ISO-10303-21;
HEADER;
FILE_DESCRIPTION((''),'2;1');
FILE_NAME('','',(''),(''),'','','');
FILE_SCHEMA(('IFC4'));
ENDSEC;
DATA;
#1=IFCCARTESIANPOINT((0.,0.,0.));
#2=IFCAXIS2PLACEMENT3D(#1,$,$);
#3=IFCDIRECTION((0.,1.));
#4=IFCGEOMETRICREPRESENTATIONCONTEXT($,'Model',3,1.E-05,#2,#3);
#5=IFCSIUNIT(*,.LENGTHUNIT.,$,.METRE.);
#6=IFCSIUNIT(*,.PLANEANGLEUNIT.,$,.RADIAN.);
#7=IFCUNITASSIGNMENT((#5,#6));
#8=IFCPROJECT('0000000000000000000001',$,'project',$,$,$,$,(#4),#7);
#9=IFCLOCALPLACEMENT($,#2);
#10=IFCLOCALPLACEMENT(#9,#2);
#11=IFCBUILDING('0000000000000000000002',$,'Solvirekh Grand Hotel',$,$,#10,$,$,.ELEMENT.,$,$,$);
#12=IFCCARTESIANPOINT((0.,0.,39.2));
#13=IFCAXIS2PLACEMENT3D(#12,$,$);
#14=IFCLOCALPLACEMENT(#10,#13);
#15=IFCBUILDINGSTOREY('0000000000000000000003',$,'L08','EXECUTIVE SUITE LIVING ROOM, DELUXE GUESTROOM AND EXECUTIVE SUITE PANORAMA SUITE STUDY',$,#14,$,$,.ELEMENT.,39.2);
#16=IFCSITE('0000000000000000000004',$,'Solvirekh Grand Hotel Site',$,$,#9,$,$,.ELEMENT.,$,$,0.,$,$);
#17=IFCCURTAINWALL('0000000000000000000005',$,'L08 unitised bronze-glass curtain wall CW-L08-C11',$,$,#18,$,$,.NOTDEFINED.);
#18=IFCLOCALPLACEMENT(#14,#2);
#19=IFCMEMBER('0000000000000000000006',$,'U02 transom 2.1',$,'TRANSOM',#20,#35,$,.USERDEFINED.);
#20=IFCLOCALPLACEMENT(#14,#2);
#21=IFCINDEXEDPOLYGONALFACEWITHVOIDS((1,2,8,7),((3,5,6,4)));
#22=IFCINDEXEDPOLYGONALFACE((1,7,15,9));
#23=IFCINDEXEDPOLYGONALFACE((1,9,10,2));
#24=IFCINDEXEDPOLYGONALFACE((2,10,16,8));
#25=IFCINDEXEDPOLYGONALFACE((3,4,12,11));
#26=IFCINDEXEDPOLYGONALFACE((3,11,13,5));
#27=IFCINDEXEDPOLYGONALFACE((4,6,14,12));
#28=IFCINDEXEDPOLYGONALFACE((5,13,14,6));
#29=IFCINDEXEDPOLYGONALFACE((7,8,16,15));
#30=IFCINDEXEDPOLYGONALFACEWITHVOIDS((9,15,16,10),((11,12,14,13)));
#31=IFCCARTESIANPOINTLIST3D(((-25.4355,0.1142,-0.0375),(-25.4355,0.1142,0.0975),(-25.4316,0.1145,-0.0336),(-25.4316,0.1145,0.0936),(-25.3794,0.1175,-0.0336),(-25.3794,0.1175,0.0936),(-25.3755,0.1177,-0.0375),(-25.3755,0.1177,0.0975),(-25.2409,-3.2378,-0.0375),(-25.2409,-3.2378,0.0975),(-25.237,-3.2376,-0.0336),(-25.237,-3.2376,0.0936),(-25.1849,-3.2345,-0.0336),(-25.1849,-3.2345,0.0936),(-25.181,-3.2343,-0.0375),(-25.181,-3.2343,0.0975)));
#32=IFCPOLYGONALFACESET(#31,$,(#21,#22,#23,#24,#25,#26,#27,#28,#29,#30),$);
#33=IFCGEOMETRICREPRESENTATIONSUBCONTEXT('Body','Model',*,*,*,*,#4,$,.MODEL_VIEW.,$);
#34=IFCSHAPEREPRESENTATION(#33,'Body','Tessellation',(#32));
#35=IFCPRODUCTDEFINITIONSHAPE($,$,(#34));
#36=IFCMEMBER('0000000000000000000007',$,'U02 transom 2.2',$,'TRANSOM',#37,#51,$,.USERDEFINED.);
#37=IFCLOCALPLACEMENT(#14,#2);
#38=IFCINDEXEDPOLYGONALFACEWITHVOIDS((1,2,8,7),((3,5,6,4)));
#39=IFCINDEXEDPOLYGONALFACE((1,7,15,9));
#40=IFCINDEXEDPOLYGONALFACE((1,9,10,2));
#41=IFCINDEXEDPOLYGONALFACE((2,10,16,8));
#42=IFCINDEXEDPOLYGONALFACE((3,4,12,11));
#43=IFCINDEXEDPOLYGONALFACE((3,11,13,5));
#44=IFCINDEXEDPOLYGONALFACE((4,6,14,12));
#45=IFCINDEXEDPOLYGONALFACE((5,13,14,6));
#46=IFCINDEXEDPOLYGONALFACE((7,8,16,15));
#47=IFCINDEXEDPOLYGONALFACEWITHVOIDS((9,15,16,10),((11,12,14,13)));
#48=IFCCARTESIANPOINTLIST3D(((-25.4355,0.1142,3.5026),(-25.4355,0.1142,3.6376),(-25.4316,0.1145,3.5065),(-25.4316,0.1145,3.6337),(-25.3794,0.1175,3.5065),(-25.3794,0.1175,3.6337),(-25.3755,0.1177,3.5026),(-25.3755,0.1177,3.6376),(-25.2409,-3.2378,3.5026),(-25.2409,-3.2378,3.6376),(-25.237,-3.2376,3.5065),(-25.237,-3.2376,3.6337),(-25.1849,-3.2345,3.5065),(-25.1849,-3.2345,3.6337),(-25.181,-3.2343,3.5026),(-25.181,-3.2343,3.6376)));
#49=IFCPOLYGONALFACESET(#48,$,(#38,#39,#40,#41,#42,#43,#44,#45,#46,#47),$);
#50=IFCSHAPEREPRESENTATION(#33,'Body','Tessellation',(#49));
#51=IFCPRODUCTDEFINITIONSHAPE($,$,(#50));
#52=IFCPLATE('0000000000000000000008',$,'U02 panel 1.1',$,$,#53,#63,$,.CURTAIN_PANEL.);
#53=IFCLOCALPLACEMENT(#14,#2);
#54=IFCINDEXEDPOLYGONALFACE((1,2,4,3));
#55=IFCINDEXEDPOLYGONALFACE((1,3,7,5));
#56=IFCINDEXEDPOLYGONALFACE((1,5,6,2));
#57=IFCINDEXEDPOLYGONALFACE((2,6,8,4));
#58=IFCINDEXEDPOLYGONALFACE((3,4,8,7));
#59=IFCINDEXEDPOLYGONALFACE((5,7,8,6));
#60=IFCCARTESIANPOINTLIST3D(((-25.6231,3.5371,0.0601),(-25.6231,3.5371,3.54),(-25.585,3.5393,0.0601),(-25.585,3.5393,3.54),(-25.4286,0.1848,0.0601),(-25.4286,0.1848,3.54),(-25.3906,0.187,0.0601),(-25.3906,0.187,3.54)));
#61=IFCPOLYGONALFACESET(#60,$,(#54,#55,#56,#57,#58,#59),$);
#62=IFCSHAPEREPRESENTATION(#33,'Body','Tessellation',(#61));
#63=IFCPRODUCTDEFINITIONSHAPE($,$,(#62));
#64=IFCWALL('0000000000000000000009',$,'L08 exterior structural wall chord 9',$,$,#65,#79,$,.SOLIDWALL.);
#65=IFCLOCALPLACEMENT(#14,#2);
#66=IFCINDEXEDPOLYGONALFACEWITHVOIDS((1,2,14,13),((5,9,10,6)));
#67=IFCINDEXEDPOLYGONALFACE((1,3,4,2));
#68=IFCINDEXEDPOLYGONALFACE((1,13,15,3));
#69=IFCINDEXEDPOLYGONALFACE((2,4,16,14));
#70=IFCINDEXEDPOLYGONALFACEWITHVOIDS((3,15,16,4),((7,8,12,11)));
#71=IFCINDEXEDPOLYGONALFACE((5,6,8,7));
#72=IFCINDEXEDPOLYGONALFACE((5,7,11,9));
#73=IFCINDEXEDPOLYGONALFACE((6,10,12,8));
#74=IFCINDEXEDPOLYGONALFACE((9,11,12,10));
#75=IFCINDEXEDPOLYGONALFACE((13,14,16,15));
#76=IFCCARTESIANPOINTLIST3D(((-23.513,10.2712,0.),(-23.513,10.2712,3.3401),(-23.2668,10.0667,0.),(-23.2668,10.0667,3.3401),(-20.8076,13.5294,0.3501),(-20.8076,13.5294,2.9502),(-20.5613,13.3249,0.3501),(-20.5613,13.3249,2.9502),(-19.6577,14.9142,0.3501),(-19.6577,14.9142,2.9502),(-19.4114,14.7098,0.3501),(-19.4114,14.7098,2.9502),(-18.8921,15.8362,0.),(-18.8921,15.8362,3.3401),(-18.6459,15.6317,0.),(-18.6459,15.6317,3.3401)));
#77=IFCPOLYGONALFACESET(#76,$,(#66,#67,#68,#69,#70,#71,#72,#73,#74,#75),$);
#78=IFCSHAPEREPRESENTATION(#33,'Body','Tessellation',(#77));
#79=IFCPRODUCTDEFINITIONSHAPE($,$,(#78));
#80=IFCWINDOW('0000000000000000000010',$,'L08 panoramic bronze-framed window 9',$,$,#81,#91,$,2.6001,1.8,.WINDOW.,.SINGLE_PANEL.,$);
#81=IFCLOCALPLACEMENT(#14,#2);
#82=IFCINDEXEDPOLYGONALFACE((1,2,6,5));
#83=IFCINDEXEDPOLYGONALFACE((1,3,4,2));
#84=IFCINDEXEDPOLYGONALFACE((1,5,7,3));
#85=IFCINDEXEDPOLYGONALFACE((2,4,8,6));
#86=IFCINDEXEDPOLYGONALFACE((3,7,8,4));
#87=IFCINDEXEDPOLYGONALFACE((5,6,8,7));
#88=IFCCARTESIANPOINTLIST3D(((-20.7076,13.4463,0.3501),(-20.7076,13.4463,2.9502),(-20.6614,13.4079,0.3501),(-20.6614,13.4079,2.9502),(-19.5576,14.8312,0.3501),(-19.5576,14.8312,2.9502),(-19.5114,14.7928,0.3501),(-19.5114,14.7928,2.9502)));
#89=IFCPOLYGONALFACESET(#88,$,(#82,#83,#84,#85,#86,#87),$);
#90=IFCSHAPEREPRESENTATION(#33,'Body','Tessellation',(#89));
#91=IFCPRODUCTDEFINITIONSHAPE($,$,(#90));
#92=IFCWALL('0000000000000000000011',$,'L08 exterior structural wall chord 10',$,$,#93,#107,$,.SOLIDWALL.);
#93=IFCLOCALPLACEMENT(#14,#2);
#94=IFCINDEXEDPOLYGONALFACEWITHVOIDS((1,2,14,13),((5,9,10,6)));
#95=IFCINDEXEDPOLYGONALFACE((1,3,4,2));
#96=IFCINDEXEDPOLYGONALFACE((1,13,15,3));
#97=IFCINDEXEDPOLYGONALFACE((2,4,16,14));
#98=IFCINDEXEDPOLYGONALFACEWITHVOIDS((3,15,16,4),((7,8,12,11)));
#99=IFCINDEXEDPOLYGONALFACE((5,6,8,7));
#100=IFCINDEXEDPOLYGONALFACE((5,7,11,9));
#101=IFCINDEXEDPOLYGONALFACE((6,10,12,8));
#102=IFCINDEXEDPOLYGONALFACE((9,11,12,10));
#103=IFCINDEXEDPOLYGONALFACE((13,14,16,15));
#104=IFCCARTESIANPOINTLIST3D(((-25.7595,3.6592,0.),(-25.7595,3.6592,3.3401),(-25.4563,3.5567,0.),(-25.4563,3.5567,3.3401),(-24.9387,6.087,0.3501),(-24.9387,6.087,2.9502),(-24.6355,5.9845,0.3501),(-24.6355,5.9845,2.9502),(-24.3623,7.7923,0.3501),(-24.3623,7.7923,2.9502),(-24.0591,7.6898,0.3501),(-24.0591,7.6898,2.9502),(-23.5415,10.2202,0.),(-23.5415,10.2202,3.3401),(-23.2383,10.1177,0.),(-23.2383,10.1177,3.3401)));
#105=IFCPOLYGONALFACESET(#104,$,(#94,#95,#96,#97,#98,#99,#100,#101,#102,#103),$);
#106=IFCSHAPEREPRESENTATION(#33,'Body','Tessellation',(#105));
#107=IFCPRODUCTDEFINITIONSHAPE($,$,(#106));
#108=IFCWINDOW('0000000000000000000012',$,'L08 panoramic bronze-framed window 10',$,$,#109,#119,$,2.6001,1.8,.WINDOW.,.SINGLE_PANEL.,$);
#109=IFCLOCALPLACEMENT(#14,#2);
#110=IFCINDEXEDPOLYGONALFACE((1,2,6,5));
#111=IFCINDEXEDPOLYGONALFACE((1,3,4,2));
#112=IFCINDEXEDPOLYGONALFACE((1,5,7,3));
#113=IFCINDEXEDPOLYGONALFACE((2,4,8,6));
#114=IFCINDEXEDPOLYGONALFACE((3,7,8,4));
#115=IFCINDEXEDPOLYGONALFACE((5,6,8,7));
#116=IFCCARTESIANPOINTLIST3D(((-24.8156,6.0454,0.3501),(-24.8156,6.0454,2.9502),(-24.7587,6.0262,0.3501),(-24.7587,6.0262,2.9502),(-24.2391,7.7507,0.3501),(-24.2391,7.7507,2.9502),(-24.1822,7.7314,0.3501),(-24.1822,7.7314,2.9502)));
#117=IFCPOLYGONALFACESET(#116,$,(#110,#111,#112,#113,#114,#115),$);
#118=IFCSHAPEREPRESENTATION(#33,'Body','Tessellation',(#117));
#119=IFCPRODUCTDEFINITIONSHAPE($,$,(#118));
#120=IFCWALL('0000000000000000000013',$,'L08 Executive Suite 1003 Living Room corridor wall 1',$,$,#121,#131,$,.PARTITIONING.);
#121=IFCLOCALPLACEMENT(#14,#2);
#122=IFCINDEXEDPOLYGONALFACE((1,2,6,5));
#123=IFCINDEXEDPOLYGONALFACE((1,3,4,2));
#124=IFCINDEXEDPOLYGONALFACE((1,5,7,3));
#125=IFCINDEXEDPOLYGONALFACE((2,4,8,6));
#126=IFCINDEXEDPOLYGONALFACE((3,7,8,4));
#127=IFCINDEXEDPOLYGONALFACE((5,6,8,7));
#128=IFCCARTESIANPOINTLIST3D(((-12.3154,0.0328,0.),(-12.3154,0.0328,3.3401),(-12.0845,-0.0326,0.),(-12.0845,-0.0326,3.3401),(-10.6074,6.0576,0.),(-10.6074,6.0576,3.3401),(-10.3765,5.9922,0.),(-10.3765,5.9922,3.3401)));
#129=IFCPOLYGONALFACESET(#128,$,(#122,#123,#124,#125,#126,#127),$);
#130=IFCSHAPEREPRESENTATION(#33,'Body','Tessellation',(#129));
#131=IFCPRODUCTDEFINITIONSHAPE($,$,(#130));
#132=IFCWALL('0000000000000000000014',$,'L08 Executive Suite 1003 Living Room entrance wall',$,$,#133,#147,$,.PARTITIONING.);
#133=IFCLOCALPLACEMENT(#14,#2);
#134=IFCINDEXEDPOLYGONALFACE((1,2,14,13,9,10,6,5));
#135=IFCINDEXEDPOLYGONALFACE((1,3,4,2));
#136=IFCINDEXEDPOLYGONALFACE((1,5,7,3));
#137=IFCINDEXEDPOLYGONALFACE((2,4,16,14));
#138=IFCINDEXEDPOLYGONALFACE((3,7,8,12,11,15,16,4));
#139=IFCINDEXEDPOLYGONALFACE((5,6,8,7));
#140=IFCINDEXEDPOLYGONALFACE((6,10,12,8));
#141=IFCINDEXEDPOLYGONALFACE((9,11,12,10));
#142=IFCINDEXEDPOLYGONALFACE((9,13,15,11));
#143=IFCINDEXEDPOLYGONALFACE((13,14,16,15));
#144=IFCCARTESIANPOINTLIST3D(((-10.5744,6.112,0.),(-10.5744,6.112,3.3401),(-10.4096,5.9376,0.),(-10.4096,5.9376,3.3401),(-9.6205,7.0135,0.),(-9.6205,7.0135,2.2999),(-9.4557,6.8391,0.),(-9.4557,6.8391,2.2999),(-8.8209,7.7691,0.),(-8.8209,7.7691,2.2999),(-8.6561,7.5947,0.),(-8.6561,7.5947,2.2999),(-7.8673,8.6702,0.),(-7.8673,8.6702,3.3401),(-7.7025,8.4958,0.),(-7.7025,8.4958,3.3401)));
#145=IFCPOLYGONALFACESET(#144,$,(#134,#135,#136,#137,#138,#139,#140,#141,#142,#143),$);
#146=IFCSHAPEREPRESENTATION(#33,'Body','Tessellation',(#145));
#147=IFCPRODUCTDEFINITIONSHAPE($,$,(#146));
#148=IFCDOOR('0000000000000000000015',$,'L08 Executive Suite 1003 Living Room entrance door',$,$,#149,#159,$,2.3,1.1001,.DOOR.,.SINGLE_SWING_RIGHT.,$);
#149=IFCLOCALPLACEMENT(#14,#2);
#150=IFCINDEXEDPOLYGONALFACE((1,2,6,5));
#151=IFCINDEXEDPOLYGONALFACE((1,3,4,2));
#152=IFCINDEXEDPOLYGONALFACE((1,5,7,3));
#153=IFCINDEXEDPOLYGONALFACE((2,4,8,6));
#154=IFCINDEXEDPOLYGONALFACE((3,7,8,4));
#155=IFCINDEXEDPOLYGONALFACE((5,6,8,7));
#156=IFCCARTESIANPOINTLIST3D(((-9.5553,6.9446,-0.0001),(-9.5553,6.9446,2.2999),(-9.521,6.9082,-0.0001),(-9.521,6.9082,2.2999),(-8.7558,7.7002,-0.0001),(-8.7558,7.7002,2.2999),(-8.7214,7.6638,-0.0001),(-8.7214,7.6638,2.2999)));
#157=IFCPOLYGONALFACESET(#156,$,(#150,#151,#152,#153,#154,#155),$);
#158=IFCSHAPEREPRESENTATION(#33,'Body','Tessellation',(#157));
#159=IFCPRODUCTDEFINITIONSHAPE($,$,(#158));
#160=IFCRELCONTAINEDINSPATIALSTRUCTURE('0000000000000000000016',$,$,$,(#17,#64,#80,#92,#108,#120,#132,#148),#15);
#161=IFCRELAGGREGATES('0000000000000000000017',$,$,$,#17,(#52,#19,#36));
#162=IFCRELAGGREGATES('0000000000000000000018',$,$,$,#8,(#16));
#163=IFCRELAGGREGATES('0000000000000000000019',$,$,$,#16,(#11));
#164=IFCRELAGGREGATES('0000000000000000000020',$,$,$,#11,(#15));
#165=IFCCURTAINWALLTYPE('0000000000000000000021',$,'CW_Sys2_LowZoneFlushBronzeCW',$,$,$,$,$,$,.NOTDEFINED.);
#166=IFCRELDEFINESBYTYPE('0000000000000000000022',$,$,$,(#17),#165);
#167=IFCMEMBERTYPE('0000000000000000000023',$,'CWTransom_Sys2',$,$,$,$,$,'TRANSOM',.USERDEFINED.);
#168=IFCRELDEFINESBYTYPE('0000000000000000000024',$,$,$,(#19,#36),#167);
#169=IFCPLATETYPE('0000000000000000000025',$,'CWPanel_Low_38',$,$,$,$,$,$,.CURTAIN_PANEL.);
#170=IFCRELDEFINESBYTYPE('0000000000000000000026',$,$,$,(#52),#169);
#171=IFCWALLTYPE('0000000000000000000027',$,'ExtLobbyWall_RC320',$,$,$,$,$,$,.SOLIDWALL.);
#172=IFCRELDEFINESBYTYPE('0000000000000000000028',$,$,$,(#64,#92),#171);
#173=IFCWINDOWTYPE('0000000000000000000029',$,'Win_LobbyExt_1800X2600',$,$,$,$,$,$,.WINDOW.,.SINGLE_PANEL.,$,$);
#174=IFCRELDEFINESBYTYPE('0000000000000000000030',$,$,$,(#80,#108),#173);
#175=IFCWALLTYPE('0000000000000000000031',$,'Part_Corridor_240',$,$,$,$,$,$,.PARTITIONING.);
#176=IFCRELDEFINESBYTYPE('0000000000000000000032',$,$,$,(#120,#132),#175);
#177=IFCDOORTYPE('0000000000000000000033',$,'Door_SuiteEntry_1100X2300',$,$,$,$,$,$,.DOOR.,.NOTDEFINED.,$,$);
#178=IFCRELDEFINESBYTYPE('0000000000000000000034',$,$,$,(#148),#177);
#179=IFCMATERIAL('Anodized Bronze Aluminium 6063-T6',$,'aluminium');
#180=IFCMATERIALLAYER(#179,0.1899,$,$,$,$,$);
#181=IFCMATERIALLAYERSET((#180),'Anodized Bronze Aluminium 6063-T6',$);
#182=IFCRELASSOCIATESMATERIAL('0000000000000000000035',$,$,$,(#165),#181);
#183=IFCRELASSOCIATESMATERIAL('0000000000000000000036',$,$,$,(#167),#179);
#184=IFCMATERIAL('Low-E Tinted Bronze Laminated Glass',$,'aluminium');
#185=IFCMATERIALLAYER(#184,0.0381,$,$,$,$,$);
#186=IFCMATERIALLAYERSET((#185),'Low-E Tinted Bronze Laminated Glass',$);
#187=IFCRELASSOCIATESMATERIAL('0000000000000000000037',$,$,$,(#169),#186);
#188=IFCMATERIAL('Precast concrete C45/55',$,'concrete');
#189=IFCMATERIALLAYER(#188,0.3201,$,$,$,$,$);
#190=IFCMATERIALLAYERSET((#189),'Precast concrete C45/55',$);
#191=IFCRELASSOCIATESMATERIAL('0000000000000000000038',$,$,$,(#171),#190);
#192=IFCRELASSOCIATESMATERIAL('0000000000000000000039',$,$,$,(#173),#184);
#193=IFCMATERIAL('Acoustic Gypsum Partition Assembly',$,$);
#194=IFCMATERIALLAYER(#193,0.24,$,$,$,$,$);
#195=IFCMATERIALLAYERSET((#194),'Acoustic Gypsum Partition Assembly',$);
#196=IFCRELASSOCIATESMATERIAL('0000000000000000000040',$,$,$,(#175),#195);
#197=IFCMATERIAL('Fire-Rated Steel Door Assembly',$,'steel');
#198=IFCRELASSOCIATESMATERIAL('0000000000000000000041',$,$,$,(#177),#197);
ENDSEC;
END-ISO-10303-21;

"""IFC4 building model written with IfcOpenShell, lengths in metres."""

from ifc_helpers import new_model, si_unit, direction, frame, frame_2d, origin, origin_2d, place, context, subcontext, project, spatial, rectangle, hollow_rectangle, extrude, source, transform, mapped, material, layer, layer_set, material_profile, profile_set, type_object, element, fill, aggregate, save


model = new_model("IFC4")

# Units and contexts
model_context = context("Model", 3, precision=1e-05, world=origin(), true_north=direction((0.0, 1.0)))
body_context = subcontext(model_context, "Body", "Model", "MODEL_VIEW")
ifc_project = project(units=[si_unit("LENGTHUNIT", "METRE"), si_unit("PLANEANGLEUNIT", "RADIAN")], contexts=[model_context])

# Site, building, storey
site_placement = place(None, origin())
site = spatial("IfcSite", under=ifc_project, at=site_placement, Name="Solvirekh Grand Hotel Site", CompositionType="ELEMENT", RefElevation=0.0)
building_placement = place(site_placement, origin())
building = spatial("IfcBuilding", under=site, at=building_placement, Name="Solvirekh Grand Hotel", CompositionType="ELEMENT")
storey_placement = place(building_placement, frame((0.0, 0.0, 39.2)))
storey = spatial("IfcBuildingStorey", under=building, at=storey_placement, Name="L08", Description="EXECUTIVE SUITE LIVING ROOM, DELUXE GUESTROOM AND EXECUTIVE SUITE PANORAMA SUITE STUDY", CompositionType="ELEMENT", Elevation=39.2)

# Curtain wall, members, plate
ifc_material_1 = material(Name="Anodized Bronze Aluminium 6063-T6", Category="aluminium")
ifc_layer_1 = layer(ifc_material_1, 0.1899)
ifc_layer_set_1 = layer_set([ifc_layer_1], Name="Anodized Bronze Aluminium 6063-T6")
curtain_wall_type = type_object("IfcCurtainWallType", Name="CW_Sys2_LowZoneFlushBronzeCW", PredefinedType="NOTDEFINED", material=ifc_layer_set_1)
curtain_wall_placement = place(storey_placement, origin())
curtain_wall = element("IfcCurtainWall", 1, at=curtain_wall_placement, inside=storey, type_object=curtain_wall_type, Name="L08 unitised bronze-glass curtain wall CW-L08-C11", PredefinedType="NOTDEFINED")
ifc_material_profile_1 = material_profile(ifc_material_1, hollow_rectangle(XDim=0.0601, YDim=0.135, WallThickness=0.0039, at=origin_2d()), Name="ALU RHS 135X60X4")
ifc_profile_set_1 = profile_set([ifc_material_profile_1], Name="Anodized Bronze Aluminium 6063-T6")
member_type_1 = type_object("IfcMemberType", Name="CWTransom_Sys2", ElementType="TRANSOM", PredefinedType="USERDEFINED", material=ifc_profile_set_1)
shared_shape_1 = source(origin(), body_context, "Body", "SweptSolid", [
    extrude(hollow_rectangle(XDim=0.0601, YDim=0.135, WallThickness=0.0039, at=origin_2d()), origin(), (0.0, 0.0, 1.0), 3.3577),
])
member_1_placement = place(storey_placement, frame((-25.4055, 0.116, 0.03), z_axis=(0.057951, -0.998319, 0.0), x_axis=(0.998319, 0.057951, 0.0)))
member_1 = element("IfcMember", 2, at=member_1_placement, type_object=member_type_1, Name="U02 transom 2.1", ObjectType="TRANSOM", PredefinedType="USERDEFINED", context=body_context, shape_type="MappedRepresentation", body=[
    mapped(shared_shape_1, transform((0.0, 0.0, 0.0), x_axis=(1.0, 0.0, 0.0), y_axis=(0.0, 1.0, 0.0), z_axis=(0.0, 0.0, 1.0), scale=1.0)),
])
member_2_placement = place(storey_placement, frame((-25.4055, 0.116, 3.5701), z_axis=(0.057951, -0.998319, 0.0), x_axis=(0.998319, 0.057951, 0.0)))
member_2 = element("IfcMember", 3, at=member_2_placement, type_object=member_type_1, Name="U02 transom 2.2", ObjectType="TRANSOM", PredefinedType="USERDEFINED", context=body_context, shape_type="MappedRepresentation", body=[
    mapped(shared_shape_1, transform((0.0, 0.0, 0.0), x_axis=(1.0, 0.0, 0.0), y_axis=(0.0, 1.0, 0.0), z_axis=(0.0, 0.0, 1.0), scale=1.0)),
])
ifc_material_2 = material(Name="Low-E Tinted Bronze Laminated Glass", Category="aluminium")
ifc_layer_2 = layer(ifc_material_2, 0.0381)
ifc_layer_set_2 = layer_set([ifc_layer_2], Name="Low-E Tinted Bronze Laminated Glass")
plate_type = type_object("IfcPlateType", Name="CWPanel_Low_38", PredefinedType="CURTAIN_PANEL", material=ifc_layer_set_2)
shared_shape_2 = source(origin(), body_context, "Body", "SweptSolid", [
    extrude(rectangle(XDim=3.3579, YDim=0.0381, at=origin_2d()), origin(), (0.0, 0.0, 1.0), 3.48),
])
plate_placement = place(storey_placement, frame((-25.5068, 1.8621, 0.0601), z_axis=(0.0, 0.0, 1.0), x_axis=(0.057901, -0.998322, 0.0)))
plate = element("IfcPlate", 4, at=plate_placement, type_object=plate_type, Name="U02 panel 1.1", PredefinedType="CURTAIN_PANEL", context=body_context, shape_type="MappedRepresentation", body=[
    mapped(shared_shape_2, transform((0.0, 0.0, 0.0), x_axis=(1.0, 0.0, 0.0), y_axis=(0.0, 1.0, 0.0), z_axis=(0.0, 0.0, 1.0), scale=1.0)),
])
aggregate(curtain_wall, [plate, member_1, member_2])

# Walls, openings, windows
ifc_material_3 = material(Name="Precast concrete C45/55", Category="concrete")
ifc_layer_3 = layer(ifc_material_3, 0.3201)
ifc_layer_set_3 = layer_set([ifc_layer_3], Name="Precast concrete C45/55")
wall_type_1 = type_object("IfcWallType", Name="ExtLobbyWall_RC320", PredefinedType="SOLIDWALL", material=ifc_layer_set_3)
wall_1_placement = place(storey_placement, frame((-23.3899, 10.1689, 0.0), z_axis=(0.0, 0.0, 1.0), x_axis=(0.638829, 0.769349, 0.0)))
wall_1 = element("IfcWall", 5, at=wall_1_placement, inside=storey, type_object=wall_type_1, Name="L08 exterior structural wall chord 9", PredefinedType="SOLIDWALL", context=body_context, shape_type="SweptSolid", body=[
    extrude(rectangle(XDim=7.2334, YDim=0.3201, at=frame_2d((3.6167, 0.0))), origin(), (0.0, 0.0, 1.0), 3.3401),
])
opening_1_placement = place(wall_1_placement, frame((4.2351, 0.0, 0.3501)))
opening_1 = element("IfcOpeningElement", 6, at=opening_1_placement, cuts=wall_1, PredefinedType="OPENING", context=body_context, shape_type="SweptSolid", body=[
    extrude(rectangle(XDim=1.8, YDim=2.6001, at=frame_2d((0.8999, 1.3))), frame((0.0, 0.1699, 0.0), z_axis=(0.0, -1.0, 0.0), x_axis=(1.0, 0.0, 0.0)), (0.0, 0.0, 1.0), 0.3401),
])
window_type = type_object("IfcWindowType", Name="Win_LobbyExt_1800X2600", PartitioningType="SINGLE_PANEL", PredefinedType="WINDOW", material=ifc_material_2)
window_1_placement = place(opening_1_placement, origin())
window_1 = element("IfcWindow", 7, at=window_1_placement, inside=storey, type_object=window_type, Name="L08 panoramic bronze-framed window 9", OverallHeight=2.6001, OverallWidth=1.8, PartitioningType="SINGLE_PANEL", PredefinedType="WINDOW", context=body_context, shape_type="SweptSolid", body=[
    extrude(rectangle(XDim=1.8, YDim=2.6001, at=frame_2d((0.8999, 1.3))), frame((0.0, 0.03, 0.0), z_axis=(0.0, -1.0, 0.0), x_axis=(1.0, 0.0, 0.0)), (0.0, 0.0, 1.0), 0.0601),
])
fill(opening_1, window_1)
wall_2_placement = place(storey_placement, frame((-25.6079, 3.6079, 0.0), z_axis=(0.0, 0.0, 1.0), x_axis=(0.320254, 0.947332, 0.0)))
wall_2 = element("IfcWall", 8, at=wall_2_placement, inside=storey, type_object=wall_type_1, Name="L08 exterior structural wall chord 10", PredefinedType="SOLIDWALL", context=body_context, shape_type="SweptSolid", body=[
    extrude(rectangle(XDim=6.9258, YDim=0.3201, at=frame_2d((3.4629, 0.0))), origin(), (0.0, 0.0, 1.0), 3.3401),
])
opening_2_placement = place(wall_2_placement, frame((2.563, 0.0, 0.3501)))
opening_2 = element("IfcOpeningElement", 9, at=opening_2_placement, cuts=wall_2, PredefinedType="OPENING", context=body_context, shape_type="SweptSolid", body=[
    extrude(rectangle(XDim=1.8, YDim=2.6001, at=frame_2d((0.8999, 1.3))), frame((0.0, 0.1699, 0.0), z_axis=(0.0, -1.0, 0.0), x_axis=(1.0, 0.0, 0.0)), (0.0, 0.0, 1.0), 0.3401),
])
window_2_placement = place(opening_2_placement, origin())
window_2 = element("IfcWindow", 10, at=window_2_placement, inside=storey, type_object=window_type, Name="L08 panoramic bronze-framed window 10", OverallHeight=2.6001, OverallWidth=1.8, PartitioningType="SINGLE_PANEL", PredefinedType="WINDOW", context=body_context, shape_type="SweptSolid", body=[
    extrude(rectangle(XDim=1.8, YDim=2.6001, at=frame_2d((0.8999, 1.3))), frame((0.0, 0.03, 0.0), z_axis=(0.0, -1.0, 0.0), x_axis=(1.0, 0.0, 0.0)), (0.0, 0.0, 1.0), 0.0601),
])
fill(opening_2, window_2)

# Wall
ifc_material_4 = material(Name="Acoustic Gypsum Partition Assembly")
ifc_layer_4 = layer(ifc_material_4, 0.24)
ifc_layer_set_4 = layer_set([ifc_layer_4], Name="Acoustic Gypsum Partition Assembly")
wall_type_2 = type_object("IfcWallType", Name="Part_Corridor_240", PredefinedType="PARTITIONING", material=ifc_layer_set_4)
wall_3_placement = place(storey_placement, frame((-10.4919, 6.0249, 0.0), z_axis=(0.0, 0.0, 1.0), x_axis=(-0.272743, -0.962087, 0.0)))
element("IfcWall", 11, at=wall_3_placement, inside=storey, type_object=wall_type_2, Name="L08 Executive Suite 1003 Living Room corridor wall 1", PredefinedType="PARTITIONING", context=body_context, shape_type="SweptSolid", body=[
    extrude(rectangle(XDim=6.2622, YDim=0.24, at=frame_2d((3.1311, 0.0))), origin(), (0.0, 0.0, 1.0), 3.3401),
])

# Wall, opening, door
wall_4_placement = place(storey_placement, frame((-7.7849, 8.583, 0.0), z_axis=(0.0, 0.0, 1.0), x_axis=(-0.726817, -0.686831, 0.0)))
wall_4 = element("IfcWall", 12, at=wall_4_placement, inside=storey, type_object=wall_type_2, Name="L08 Executive Suite 1003 Living Room entrance wall", PredefinedType="PARTITIONING", context=body_context, shape_type="SweptSolid", body=[
    extrude(rectangle(XDim=3.7246, YDim=0.24, at=frame_2d((1.8623, 0.0))), origin(), (0.0, 0.0, 1.0), 3.3401),
])
opening_3_placement = place(wall_4_placement, frame((1.312, 0.0, 0.0)))
opening_3 = element("IfcOpeningElement", 13, at=opening_3_placement, cuts=wall_4, PredefinedType="OPENING", context=body_context, shape_type="SweptSolid", body=[
    extrude(rectangle(XDim=1.1001, YDim=2.3, at=frame_2d((0.55, 1.1499))), frame((0.0, 0.1299, 0.0), z_axis=(0.0, -1.0, 0.0), x_axis=(1.0, 0.0, 0.0)), (0.0, 0.0, 1.0), 0.26),
])
ifc_material_5 = material(Name="Fire-Rated Steel Door Assembly", Category="steel")
door_type_1 = type_object("IfcDoorType", Name="Door_SuiteEntry_1100X2300", OperationType="NOTDEFINED", PredefinedType="DOOR", material=ifc_material_5)
door_1_placement = place(opening_3_placement, origin())
door_1 = element("IfcDoor", 14, at=door_1_placement, inside=storey, type_object=door_type_1, Name="L08 Executive Suite 1003 Living Room entrance door", OperationType="SINGLE_SWING_RIGHT", OverallHeight=2.3, OverallWidth=1.1001, PredefinedType="DOOR", context=body_context, shape_type="SweptSolid", body=[
    extrude(rectangle(XDim=1.1001, YDim=2.3, at=frame_2d((0.55, 1.1499))), frame((0.0, 0.0249, 0.0), z_axis=(0.0, -1.0, 0.0), x_axis=(1.0, 0.0, 0.0)), (0.0, 0.0, 1.0), 0.05),
])
fill(opening_3, door_1)

save(model, "model.ifc")
